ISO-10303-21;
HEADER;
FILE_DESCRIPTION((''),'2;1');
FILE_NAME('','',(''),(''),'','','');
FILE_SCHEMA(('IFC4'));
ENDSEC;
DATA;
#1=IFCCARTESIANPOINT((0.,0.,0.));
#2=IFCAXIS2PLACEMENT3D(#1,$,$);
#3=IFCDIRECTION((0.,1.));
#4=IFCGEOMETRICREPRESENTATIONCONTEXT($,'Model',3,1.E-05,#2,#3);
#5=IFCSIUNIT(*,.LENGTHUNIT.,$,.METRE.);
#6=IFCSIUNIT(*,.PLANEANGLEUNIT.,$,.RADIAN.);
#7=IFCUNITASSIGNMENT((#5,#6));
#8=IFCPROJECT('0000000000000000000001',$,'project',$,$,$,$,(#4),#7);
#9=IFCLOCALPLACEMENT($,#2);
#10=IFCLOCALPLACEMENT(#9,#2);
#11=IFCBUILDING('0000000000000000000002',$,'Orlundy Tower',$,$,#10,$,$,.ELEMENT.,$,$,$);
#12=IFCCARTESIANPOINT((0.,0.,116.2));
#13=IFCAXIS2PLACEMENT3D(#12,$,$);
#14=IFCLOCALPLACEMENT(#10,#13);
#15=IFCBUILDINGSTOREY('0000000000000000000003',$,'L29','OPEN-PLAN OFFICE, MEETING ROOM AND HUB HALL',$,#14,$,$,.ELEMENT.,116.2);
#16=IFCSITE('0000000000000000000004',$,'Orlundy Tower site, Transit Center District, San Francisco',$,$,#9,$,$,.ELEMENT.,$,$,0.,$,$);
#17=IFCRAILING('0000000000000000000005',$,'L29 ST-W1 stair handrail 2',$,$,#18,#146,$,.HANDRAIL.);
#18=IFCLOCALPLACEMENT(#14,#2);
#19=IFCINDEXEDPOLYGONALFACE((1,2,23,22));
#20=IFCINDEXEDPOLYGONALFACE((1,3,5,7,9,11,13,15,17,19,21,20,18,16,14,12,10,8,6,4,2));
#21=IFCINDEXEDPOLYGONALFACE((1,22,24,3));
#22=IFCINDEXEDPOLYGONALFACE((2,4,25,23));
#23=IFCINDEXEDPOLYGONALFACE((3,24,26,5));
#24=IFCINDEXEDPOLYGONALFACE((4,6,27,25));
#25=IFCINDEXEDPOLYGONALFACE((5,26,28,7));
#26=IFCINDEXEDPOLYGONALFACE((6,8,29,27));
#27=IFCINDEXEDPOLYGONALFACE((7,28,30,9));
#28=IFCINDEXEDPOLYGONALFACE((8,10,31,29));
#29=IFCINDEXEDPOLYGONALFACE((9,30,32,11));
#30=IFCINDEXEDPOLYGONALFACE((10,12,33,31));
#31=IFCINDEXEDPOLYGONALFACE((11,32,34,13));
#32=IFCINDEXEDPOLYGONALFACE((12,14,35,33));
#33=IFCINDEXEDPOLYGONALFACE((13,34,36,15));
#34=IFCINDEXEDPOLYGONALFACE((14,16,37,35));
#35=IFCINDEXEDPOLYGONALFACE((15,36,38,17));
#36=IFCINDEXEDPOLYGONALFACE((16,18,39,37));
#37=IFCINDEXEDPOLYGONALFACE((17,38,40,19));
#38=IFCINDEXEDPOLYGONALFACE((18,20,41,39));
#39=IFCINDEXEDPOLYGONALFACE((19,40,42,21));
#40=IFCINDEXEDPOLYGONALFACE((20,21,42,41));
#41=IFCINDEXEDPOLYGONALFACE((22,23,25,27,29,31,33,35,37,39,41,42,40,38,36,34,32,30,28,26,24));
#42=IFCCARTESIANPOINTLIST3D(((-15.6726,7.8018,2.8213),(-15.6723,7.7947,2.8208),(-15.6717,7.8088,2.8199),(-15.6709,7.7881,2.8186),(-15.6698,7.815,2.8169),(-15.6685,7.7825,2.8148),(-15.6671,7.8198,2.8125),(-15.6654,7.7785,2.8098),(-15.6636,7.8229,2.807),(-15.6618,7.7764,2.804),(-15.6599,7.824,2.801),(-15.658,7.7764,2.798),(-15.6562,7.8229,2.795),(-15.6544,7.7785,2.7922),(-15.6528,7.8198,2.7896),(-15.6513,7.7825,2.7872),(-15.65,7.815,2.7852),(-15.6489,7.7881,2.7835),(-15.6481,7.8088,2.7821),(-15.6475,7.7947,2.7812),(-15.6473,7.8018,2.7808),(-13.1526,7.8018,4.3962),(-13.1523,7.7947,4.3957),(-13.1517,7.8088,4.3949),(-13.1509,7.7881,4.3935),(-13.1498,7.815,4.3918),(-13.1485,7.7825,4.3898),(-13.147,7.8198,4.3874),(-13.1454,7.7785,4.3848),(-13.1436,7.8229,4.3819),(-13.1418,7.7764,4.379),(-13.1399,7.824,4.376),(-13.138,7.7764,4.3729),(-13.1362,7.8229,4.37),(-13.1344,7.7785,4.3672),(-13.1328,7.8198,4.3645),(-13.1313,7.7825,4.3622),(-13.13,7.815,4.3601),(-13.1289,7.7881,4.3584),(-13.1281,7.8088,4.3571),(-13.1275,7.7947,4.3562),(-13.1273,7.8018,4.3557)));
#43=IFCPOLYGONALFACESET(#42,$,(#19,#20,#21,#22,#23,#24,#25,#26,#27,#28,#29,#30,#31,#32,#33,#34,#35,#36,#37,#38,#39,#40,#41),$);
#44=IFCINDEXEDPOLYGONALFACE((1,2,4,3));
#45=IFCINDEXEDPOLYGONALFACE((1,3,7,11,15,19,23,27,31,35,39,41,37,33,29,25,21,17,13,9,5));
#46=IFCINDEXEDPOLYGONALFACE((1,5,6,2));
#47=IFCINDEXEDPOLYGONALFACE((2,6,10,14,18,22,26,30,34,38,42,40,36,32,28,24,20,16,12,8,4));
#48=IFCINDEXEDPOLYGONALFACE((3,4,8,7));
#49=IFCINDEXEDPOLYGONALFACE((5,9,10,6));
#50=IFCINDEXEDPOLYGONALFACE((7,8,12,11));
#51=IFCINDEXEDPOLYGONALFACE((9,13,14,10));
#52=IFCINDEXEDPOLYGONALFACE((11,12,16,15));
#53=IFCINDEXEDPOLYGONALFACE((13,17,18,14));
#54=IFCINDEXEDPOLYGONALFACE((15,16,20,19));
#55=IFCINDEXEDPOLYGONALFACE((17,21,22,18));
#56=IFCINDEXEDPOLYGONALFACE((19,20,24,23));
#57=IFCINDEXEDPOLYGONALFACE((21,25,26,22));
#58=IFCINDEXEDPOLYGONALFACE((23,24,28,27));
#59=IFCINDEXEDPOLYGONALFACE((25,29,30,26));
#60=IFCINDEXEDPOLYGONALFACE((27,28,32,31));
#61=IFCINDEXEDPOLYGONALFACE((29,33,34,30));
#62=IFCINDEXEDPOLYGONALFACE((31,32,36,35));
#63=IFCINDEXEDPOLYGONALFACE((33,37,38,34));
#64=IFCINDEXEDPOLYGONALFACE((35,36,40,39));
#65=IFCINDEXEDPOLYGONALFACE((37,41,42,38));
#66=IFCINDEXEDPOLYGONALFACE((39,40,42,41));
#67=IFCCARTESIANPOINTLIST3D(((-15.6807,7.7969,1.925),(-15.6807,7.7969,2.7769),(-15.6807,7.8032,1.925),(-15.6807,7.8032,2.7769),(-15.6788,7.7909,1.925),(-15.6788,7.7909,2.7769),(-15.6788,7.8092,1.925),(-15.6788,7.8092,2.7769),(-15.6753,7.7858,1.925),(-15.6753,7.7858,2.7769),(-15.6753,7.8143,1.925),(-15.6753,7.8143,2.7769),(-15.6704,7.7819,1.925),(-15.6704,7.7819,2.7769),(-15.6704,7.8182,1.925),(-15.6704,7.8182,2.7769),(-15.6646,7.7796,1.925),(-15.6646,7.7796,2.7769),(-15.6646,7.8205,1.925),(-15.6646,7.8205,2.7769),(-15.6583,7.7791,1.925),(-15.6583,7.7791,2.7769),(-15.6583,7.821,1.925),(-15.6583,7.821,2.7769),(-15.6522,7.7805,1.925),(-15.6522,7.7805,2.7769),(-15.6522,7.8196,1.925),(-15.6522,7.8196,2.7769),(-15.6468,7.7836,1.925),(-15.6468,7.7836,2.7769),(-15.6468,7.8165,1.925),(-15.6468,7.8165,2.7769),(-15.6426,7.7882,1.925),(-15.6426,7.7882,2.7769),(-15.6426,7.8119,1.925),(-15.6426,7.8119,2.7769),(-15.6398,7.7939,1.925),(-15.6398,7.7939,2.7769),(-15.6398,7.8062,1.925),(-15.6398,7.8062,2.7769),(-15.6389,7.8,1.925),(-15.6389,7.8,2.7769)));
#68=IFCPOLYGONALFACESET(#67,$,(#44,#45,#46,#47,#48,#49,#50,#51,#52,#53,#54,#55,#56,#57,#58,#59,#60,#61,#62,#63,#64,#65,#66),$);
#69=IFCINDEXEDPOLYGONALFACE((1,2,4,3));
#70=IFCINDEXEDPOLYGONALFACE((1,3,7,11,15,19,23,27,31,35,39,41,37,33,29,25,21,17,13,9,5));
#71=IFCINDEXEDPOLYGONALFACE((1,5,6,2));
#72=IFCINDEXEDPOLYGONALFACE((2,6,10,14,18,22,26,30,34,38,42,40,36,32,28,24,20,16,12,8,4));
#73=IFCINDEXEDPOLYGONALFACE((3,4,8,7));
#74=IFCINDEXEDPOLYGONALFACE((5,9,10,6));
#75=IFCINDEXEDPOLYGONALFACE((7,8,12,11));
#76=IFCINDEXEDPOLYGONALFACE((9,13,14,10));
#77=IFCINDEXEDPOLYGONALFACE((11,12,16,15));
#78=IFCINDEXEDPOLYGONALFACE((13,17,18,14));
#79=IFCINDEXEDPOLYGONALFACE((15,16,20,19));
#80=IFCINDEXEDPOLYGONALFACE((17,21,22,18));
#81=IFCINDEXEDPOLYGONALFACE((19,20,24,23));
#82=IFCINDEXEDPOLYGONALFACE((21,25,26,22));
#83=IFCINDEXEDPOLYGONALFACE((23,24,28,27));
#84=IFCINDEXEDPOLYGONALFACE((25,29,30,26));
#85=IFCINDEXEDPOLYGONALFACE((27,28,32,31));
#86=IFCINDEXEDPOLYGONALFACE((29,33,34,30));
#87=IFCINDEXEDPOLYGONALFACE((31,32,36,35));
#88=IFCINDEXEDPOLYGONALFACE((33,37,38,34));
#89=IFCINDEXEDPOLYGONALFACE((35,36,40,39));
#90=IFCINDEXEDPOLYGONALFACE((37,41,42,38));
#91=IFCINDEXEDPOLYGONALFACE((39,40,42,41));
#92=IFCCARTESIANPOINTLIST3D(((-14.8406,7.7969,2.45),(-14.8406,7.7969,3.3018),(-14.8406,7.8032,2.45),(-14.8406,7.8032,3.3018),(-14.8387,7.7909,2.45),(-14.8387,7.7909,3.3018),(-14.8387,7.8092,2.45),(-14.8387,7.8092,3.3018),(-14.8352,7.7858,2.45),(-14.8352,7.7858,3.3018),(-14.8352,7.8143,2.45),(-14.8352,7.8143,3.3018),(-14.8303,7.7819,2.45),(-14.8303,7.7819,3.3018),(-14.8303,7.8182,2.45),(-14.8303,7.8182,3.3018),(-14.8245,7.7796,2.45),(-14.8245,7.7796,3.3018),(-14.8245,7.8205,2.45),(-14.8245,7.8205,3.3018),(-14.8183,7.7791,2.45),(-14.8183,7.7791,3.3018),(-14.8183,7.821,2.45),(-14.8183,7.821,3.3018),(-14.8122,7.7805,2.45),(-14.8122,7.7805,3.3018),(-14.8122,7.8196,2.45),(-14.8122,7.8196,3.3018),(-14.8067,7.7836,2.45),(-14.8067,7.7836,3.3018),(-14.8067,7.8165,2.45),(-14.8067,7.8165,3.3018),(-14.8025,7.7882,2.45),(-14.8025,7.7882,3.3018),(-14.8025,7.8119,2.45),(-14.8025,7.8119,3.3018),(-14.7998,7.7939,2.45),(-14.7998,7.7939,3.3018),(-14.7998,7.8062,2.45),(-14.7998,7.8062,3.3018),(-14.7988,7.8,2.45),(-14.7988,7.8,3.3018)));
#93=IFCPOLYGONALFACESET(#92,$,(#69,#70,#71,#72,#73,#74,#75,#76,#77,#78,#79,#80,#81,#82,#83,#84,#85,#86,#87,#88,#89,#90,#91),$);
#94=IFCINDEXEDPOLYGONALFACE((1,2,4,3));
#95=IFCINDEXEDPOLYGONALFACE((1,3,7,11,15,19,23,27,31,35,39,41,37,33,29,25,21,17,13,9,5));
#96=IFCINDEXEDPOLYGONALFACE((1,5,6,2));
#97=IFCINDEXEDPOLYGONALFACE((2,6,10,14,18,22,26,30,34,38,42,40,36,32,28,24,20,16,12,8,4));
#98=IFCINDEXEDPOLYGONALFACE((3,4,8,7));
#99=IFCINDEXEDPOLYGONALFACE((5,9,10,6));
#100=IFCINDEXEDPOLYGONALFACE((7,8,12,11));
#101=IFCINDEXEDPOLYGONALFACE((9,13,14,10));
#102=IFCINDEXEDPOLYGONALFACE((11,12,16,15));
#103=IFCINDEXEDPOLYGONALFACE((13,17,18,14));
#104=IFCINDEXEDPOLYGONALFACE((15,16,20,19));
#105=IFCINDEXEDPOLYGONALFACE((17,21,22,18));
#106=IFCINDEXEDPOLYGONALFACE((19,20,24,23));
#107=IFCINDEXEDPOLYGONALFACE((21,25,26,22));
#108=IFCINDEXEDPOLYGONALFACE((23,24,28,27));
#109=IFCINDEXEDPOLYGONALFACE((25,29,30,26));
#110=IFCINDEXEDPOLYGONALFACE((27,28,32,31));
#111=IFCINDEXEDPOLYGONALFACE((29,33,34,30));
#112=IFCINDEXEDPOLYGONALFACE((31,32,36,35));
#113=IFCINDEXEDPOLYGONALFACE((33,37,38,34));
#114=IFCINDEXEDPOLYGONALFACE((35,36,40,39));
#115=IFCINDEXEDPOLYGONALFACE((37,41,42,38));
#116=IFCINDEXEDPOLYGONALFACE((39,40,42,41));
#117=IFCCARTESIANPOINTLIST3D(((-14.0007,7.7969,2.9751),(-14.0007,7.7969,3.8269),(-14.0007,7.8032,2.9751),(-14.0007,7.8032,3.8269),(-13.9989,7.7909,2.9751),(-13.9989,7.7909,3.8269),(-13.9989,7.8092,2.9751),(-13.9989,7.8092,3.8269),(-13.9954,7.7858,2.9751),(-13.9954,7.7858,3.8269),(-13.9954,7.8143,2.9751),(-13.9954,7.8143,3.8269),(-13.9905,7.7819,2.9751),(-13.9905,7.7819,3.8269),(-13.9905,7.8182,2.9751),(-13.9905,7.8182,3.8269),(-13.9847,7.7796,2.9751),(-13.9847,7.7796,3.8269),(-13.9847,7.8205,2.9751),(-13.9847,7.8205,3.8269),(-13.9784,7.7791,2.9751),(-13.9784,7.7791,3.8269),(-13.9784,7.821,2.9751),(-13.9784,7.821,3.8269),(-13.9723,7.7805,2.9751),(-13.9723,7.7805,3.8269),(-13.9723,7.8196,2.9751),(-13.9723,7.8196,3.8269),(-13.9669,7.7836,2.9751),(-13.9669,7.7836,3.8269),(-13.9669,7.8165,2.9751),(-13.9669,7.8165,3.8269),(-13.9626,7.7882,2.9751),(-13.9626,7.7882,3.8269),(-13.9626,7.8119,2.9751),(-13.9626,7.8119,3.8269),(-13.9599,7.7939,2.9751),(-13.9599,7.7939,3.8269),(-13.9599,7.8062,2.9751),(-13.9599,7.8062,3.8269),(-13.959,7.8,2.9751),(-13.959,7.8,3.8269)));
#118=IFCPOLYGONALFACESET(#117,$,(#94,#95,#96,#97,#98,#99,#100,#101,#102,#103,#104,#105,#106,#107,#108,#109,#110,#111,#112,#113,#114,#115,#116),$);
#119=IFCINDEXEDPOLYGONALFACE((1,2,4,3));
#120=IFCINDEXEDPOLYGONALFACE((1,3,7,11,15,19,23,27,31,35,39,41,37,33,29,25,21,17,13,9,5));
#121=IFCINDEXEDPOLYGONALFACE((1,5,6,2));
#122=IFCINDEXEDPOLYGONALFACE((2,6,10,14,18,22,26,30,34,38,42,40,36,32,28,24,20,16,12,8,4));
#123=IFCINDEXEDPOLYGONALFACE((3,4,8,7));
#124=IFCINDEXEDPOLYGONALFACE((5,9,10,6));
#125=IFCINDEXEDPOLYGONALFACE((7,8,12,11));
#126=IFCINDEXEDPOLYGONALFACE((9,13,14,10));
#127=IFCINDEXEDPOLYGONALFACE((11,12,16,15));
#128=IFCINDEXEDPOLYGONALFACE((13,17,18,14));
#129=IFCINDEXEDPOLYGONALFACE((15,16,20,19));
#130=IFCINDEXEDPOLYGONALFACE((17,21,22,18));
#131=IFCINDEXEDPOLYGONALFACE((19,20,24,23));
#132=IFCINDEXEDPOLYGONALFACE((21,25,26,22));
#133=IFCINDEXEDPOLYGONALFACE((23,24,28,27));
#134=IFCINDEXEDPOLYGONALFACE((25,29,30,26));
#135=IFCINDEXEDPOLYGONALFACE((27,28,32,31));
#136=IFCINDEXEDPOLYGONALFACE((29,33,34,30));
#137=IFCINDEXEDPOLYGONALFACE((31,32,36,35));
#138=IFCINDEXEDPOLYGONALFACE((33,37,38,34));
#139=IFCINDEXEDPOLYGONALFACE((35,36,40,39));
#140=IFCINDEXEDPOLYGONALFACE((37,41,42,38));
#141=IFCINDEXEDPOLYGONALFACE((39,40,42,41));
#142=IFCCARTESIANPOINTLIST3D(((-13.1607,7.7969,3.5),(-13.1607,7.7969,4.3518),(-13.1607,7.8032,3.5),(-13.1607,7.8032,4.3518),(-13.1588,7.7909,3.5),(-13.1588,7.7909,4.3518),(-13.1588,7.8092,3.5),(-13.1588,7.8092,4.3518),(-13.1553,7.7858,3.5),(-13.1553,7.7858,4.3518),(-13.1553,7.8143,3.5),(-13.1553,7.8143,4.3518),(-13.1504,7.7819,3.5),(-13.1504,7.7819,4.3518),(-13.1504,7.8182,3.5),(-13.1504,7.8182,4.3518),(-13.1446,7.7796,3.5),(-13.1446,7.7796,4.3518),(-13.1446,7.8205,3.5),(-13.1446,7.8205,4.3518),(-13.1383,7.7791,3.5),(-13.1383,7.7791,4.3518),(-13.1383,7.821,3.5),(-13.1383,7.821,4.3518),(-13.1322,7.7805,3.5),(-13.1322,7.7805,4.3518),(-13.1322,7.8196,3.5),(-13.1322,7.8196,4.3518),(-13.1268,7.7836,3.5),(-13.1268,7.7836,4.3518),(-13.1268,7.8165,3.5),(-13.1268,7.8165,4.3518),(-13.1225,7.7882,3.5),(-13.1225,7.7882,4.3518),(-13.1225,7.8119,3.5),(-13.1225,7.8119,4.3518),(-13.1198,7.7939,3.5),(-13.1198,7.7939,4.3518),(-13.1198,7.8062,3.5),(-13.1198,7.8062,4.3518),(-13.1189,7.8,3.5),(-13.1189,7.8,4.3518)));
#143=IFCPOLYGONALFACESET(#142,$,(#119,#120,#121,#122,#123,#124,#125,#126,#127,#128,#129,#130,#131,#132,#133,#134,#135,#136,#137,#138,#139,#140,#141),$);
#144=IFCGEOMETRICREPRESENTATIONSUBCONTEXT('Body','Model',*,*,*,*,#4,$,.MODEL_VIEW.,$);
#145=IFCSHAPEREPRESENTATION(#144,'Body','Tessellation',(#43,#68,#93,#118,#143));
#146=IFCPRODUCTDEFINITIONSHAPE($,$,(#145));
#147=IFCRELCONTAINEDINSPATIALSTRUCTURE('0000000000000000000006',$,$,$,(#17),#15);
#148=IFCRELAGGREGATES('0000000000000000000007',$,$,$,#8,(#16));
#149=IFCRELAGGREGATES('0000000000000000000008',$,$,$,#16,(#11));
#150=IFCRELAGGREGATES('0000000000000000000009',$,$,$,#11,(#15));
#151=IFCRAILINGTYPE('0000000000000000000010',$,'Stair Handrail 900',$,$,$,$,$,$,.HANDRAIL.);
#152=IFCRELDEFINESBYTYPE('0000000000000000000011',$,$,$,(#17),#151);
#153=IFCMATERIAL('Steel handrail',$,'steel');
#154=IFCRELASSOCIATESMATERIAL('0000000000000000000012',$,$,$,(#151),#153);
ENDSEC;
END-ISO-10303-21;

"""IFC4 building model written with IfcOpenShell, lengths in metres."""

from ifc_helpers import new_model, si_unit, direction, frame, origin, origin_2d, place, context, subcontext, project, spatial, circle, extrude, material, type_object, element, save


model = new_model("IFC4")

# Units and contexts
model_context = context("Model", 3, precision=1e-05, world=origin(), true_north=direction((0.0, 1.0)))
body_context = subcontext(model_context, "Body", "Model", "MODEL_VIEW")
ifc_project = project(units=[si_unit("LENGTHUNIT", "METRE"), si_unit("PLANEANGLEUNIT", "RADIAN")], contexts=[model_context])

# Site, building, storey
site_placement = place(None, origin())
site = spatial("IfcSite", under=ifc_project, at=site_placement, Name="Orlundy Tower site, Transit Center District, San Francisco", CompositionType="ELEMENT", RefElevation=0.0)
building_placement = place(site_placement, origin())
building = spatial("IfcBuilding", under=site, at=building_placement, Name="Orlundy Tower", CompositionType="ELEMENT")
storey_placement = place(building_placement, frame((0.0, 0.0, 116.2)))
storey = spatial("IfcBuildingStorey", under=building, at=storey_placement, Name="L29", Description="OPEN-PLAN OFFICE, MEETING ROOM AND HUB HALL", CompositionType="ELEMENT", Elevation=116.2)

# Railing
ifc_material_1 = material(Name="Steel handrail", Category="steel")
railing_type = type_object("IfcRailingType", Name="Stair Handrail 900", PredefinedType="HANDRAIL", material=ifc_material_1)
railing_placement = place(storey_placement, frame((-15.6599, 7.8, 1.925)))
element("IfcRailing", 1, at=railing_placement, inside=storey, type_object=railing_type, Name="L29 ST-W1 stair handrail 2", PredefinedType="HANDRAIL", context=body_context, shape_type="SweptSolid", body=[
    extrude(circle(Radius=0.0239, at=origin_2d()), frame((0.0, 0.0, 0.876), z_axis=(0.848008, 0.0, 0.529984), x_axis=(0.0, 1.0, 0.0)), (0.0, 0.0, 1.0), 2.9717),
    extrude(circle(Radius=0.021, at=origin_2d()), origin(), (0.0, 0.0, 1.0), 0.8518),
    extrude(circle(Radius=0.021, at=origin_2d()), frame((0.8401, 0.0, 0.5249)), (0.0, 0.0, 1.0), 0.8518),
    extrude(circle(Radius=0.021, at=origin_2d()), frame((1.6799, 0.0, 1.05)), (0.0, 0.0, 1.0), 0.8518),
    extrude(circle(Radius=0.021, at=origin_2d()), frame((2.52, 0.0, 1.575)), (0.0, 0.0, 1.0), 0.8518),
])

save(model, "model.ifc")
